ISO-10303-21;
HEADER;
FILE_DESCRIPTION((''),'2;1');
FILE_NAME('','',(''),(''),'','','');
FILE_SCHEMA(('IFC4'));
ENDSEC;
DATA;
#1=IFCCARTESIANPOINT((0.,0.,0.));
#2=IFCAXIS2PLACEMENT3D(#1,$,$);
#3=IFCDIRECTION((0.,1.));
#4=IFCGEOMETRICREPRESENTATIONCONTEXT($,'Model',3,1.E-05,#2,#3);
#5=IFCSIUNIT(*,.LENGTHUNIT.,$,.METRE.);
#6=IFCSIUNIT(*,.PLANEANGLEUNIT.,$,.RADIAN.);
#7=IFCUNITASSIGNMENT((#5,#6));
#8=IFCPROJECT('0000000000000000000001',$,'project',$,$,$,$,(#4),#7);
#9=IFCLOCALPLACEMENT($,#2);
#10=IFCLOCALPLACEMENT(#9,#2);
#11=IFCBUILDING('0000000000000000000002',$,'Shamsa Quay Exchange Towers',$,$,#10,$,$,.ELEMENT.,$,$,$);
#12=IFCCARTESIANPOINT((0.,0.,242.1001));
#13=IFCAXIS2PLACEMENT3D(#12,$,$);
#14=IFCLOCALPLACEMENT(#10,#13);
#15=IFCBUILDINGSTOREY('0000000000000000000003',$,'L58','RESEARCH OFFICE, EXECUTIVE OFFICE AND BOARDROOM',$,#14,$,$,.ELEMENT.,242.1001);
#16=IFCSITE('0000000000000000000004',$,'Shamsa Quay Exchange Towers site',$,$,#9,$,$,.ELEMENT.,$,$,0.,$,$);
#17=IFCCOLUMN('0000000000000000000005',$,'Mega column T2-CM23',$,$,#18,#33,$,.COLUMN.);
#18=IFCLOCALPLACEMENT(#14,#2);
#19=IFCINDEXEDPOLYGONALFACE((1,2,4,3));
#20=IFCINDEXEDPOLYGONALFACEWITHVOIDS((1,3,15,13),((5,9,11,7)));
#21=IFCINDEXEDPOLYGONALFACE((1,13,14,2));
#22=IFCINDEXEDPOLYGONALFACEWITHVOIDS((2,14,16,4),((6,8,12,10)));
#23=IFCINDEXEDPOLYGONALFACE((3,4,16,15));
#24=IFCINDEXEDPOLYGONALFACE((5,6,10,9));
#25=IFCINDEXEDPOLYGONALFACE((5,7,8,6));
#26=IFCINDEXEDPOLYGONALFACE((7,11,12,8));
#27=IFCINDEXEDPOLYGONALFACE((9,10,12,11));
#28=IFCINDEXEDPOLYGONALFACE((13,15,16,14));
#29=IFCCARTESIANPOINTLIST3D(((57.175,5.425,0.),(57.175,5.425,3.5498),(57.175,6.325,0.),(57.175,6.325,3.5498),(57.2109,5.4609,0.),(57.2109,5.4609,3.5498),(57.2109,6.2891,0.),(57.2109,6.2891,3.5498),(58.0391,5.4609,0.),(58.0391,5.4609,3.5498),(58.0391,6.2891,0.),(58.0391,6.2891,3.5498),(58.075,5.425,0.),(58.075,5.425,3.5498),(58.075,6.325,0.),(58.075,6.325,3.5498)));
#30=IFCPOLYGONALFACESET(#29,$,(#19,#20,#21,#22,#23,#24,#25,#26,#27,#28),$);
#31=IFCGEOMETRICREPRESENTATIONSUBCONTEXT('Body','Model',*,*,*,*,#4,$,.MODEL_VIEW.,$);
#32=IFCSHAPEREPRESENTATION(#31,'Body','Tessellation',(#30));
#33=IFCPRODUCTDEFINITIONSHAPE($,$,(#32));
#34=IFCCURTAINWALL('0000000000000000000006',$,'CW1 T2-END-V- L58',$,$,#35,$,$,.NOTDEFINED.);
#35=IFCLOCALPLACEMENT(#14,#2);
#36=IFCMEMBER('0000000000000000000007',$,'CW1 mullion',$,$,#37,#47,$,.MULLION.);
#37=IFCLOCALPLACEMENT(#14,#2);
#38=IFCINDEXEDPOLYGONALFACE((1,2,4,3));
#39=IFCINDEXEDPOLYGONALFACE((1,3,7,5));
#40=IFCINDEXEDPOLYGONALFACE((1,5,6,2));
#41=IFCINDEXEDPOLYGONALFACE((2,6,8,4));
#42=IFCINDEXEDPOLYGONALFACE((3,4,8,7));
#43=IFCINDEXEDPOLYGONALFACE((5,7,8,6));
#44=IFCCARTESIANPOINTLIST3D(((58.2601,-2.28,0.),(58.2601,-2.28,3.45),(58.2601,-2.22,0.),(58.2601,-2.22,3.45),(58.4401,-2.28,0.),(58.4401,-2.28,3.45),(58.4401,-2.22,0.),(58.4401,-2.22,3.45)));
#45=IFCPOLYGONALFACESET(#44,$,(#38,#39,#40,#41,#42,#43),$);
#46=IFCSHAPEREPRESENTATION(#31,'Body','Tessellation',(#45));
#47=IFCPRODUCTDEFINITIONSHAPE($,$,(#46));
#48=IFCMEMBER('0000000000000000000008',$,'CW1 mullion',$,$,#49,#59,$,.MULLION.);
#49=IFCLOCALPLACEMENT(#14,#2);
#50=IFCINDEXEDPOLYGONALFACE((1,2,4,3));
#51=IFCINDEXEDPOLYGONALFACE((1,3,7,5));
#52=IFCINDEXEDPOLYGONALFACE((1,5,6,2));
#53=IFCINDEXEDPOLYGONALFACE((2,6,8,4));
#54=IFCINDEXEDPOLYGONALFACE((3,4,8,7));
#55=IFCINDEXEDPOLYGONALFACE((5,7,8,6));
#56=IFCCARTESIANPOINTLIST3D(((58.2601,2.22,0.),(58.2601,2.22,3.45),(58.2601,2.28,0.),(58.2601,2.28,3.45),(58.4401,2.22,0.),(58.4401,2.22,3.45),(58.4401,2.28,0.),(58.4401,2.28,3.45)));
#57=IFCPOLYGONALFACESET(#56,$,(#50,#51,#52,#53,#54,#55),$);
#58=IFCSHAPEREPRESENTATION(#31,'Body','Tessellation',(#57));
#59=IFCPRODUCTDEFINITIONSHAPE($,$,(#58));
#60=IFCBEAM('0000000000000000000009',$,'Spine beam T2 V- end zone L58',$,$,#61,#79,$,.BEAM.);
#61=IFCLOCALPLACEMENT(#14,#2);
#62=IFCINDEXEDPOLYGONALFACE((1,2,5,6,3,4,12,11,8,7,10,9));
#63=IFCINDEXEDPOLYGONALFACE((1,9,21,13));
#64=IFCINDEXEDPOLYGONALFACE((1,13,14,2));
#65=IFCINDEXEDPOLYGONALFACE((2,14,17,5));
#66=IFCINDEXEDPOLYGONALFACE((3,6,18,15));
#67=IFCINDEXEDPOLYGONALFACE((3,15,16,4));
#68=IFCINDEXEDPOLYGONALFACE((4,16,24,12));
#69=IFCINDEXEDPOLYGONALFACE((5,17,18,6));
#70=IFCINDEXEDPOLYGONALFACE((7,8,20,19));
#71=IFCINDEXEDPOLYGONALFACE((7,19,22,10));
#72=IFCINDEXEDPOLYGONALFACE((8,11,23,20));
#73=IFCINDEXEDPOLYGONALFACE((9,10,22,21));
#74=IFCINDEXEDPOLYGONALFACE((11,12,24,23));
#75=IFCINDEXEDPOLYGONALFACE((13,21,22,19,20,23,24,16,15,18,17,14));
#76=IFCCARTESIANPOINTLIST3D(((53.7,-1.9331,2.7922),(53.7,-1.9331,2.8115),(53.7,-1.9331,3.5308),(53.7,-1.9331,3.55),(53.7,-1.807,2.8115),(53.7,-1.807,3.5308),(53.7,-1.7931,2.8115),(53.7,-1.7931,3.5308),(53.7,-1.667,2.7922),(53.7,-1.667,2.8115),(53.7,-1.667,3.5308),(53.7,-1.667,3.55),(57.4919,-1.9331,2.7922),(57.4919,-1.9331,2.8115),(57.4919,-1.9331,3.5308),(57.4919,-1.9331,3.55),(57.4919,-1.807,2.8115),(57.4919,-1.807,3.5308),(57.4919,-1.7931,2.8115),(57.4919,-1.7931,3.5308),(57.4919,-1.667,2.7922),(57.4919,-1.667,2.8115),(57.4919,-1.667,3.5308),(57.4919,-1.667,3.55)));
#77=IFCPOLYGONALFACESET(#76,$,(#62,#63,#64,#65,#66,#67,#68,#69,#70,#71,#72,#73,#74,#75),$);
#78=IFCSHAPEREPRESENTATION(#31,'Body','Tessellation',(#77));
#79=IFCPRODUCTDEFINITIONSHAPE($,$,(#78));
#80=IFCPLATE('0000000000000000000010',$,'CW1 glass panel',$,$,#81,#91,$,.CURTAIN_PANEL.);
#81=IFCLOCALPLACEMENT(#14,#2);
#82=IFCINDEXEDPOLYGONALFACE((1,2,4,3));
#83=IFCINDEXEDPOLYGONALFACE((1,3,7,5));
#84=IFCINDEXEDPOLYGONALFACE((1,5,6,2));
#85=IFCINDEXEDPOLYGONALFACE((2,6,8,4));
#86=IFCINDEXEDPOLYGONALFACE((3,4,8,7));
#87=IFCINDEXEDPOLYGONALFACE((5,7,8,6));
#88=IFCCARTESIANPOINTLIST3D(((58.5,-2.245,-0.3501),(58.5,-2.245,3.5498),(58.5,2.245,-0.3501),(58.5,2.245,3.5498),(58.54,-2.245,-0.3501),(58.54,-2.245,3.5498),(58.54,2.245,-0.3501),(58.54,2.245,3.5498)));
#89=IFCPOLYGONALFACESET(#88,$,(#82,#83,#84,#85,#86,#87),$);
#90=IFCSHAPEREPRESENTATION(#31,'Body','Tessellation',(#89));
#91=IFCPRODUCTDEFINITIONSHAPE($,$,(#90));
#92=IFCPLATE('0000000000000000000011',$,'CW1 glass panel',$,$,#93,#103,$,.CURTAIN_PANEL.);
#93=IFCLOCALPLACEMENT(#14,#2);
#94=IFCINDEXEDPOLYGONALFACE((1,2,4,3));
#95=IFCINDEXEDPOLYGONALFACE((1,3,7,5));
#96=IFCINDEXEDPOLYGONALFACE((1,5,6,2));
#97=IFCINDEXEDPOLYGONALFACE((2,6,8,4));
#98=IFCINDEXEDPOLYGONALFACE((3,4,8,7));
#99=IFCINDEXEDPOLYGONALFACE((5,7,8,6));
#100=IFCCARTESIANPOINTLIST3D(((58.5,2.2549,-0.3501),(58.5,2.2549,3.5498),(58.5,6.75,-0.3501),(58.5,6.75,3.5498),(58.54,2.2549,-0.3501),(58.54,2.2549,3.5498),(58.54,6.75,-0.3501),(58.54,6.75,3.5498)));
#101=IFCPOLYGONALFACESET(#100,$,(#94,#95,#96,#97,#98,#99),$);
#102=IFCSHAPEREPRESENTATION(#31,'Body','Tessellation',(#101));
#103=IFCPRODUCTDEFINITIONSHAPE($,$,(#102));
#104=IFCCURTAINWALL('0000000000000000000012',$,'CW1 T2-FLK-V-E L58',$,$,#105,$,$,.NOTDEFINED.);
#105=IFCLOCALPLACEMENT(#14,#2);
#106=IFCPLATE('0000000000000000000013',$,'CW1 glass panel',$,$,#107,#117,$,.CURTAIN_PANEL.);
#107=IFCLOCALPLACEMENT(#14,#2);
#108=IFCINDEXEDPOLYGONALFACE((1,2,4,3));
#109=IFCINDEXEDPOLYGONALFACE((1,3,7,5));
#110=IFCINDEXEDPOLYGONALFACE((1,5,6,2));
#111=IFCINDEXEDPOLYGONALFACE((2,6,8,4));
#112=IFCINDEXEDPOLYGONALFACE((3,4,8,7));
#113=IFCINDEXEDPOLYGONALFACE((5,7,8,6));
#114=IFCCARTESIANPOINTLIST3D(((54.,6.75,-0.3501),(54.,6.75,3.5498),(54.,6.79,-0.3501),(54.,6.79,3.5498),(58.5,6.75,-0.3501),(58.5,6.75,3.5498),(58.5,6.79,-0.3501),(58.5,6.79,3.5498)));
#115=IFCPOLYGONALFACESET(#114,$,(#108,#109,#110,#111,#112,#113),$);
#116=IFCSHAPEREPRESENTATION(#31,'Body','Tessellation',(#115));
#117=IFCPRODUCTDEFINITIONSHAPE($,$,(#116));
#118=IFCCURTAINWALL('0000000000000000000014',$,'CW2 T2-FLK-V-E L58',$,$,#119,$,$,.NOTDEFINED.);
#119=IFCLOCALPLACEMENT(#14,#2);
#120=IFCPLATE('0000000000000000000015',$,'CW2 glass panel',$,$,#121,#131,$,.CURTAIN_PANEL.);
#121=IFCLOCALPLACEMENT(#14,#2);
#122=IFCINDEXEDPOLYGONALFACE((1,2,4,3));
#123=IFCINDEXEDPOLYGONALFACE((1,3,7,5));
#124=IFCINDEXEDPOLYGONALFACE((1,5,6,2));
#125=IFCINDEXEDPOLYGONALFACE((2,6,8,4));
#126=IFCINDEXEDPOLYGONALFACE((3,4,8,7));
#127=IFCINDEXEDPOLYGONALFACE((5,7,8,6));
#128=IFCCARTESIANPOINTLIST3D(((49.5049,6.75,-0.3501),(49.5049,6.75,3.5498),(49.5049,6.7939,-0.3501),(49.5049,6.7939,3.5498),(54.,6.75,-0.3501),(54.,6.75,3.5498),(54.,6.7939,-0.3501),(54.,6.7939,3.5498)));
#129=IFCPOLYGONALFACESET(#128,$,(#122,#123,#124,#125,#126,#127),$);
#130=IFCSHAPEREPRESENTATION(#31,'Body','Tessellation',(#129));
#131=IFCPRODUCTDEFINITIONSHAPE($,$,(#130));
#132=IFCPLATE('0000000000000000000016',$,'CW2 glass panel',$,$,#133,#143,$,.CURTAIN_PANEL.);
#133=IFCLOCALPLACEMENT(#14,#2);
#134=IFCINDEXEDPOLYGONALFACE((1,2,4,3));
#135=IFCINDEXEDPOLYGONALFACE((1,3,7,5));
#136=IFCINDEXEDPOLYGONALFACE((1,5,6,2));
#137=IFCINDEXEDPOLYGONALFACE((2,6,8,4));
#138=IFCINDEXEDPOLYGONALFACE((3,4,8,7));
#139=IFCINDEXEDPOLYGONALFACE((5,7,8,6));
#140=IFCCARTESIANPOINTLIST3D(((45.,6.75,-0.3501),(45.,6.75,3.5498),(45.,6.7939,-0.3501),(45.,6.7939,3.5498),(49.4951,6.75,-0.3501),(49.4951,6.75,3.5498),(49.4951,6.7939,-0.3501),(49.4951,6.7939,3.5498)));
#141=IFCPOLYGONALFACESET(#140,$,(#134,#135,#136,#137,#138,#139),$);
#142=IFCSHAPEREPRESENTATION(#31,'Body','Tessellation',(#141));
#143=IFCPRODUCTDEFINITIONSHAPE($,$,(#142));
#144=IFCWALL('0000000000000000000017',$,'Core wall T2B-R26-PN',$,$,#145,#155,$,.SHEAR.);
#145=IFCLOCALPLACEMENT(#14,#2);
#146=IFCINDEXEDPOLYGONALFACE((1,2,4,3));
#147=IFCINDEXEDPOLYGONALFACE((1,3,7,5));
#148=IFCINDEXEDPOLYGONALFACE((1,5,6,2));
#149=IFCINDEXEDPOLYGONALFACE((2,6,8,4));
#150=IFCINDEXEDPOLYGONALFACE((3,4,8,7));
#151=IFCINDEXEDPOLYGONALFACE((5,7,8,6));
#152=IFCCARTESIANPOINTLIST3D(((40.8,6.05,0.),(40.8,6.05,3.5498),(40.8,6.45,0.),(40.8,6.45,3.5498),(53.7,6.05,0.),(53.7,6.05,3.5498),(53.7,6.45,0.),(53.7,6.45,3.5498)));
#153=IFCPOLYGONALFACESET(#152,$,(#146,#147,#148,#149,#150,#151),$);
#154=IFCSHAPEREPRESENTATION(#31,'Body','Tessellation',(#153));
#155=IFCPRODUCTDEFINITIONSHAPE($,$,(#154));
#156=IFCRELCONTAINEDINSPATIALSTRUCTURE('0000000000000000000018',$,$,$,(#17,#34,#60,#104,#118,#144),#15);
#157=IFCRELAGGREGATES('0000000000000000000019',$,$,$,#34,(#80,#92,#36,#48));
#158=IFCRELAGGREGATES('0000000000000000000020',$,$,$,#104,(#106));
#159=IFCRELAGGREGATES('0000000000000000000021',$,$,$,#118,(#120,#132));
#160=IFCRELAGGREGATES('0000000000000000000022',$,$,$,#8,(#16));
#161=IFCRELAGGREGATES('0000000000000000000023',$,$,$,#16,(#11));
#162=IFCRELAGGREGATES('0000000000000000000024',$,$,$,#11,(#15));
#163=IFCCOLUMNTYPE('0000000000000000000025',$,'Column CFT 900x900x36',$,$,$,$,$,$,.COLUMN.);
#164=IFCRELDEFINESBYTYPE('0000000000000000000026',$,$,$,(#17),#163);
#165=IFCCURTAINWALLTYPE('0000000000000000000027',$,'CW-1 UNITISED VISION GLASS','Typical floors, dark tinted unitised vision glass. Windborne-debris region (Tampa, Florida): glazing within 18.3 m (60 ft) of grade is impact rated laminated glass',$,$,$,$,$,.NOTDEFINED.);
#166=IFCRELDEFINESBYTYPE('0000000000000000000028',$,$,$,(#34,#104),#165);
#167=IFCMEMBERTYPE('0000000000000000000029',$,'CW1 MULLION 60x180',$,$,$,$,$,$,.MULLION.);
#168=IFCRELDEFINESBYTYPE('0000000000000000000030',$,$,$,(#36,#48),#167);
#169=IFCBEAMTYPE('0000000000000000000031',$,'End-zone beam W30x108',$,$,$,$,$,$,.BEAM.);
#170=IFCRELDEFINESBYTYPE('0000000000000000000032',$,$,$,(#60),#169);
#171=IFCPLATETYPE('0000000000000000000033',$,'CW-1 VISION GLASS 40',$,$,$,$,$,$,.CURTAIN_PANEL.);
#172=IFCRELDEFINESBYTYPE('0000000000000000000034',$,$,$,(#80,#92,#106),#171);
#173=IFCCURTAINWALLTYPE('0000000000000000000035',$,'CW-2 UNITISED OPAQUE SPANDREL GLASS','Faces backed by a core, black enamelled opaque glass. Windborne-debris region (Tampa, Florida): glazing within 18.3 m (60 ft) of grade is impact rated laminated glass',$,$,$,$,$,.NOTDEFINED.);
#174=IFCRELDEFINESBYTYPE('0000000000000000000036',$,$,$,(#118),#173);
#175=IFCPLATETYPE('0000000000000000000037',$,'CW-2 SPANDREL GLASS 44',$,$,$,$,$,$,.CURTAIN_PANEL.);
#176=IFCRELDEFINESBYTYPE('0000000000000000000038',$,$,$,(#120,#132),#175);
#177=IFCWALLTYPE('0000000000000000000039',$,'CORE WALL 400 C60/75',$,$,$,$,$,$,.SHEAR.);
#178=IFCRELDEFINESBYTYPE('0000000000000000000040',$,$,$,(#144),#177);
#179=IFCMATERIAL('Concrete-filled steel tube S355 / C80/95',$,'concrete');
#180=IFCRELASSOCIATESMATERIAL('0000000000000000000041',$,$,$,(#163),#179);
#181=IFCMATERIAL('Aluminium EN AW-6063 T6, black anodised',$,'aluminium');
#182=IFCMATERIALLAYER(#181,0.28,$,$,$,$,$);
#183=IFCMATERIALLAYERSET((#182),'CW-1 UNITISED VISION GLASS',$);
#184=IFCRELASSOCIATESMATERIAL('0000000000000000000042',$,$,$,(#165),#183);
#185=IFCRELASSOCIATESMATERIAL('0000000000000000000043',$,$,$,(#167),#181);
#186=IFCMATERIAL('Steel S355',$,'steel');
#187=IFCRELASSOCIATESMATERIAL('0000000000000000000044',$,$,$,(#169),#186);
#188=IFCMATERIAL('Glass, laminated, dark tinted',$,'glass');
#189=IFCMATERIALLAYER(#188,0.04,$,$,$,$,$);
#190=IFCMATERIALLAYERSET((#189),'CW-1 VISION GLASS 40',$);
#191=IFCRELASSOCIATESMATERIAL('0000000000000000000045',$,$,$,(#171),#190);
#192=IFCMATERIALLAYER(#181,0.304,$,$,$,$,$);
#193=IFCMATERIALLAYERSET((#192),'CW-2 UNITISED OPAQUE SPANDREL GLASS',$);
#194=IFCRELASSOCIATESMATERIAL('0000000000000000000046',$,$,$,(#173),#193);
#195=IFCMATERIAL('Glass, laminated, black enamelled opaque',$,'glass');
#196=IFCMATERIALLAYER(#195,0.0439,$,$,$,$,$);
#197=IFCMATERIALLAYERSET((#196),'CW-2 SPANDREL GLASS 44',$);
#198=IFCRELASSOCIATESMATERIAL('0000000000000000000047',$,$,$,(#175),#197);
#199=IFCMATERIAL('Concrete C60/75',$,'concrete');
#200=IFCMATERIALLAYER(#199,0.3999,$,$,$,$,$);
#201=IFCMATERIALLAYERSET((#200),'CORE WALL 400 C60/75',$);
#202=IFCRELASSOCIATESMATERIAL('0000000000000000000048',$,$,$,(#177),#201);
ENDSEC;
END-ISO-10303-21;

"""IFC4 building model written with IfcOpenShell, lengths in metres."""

from ifc_helpers import new_model, si_unit, direction, frame, frame_2d, origin, origin_2d, place, context, subcontext, project, spatial, rectangle, hollow_rectangle, i_section, extrude, material, layer, layer_set, material_profile, profile_set, type_object, element, aggregate, save


model = new_model("IFC4")

# Units and contexts
model_context = context("Model", 3, precision=1e-05, world=origin(), true_north=direction((0.0, 1.0)))
body_context = subcontext(model_context, "Body", "Model", "MODEL_VIEW")
ifc_project = project(units=[si_unit("LENGTHUNIT", "METRE"), si_unit("PLANEANGLEUNIT", "RADIAN")], contexts=[model_context])

# Site, building, storey
site_placement = place(None, origin())
site = spatial("IfcSite", under=ifc_project, at=site_placement, Name="Shamsa Quay Exchange Towers site", CompositionType="ELEMENT", RefElevation=0.0)
building_placement = place(site_placement, origin())
building = spatial("IfcBuilding", under=site, at=building_placement, Name="Shamsa Quay Exchange Towers", CompositionType="ELEMENT")
storey_placement = place(building_placement, frame((0.0, 0.0, 242.1001)))
storey = spatial("IfcBuildingStorey", under=building, at=storey_placement, Name="L58", Description="RESEARCH OFFICE, EXECUTIVE OFFICE AND BOARDROOM", CompositionType="ELEMENT", Elevation=242.1001)

# Column
ifc_material_1 = material(Name="Concrete-filled steel tube S355 / C80/95", Category="concrete")
ifc_material_profile_1 = material_profile(ifc_material_1, hollow_rectangle(XDim=0.8999, YDim=0.8999, WallThickness=0.0359, at=origin_2d()), Name="CFT 900x900x36")
ifc_profile_set_1 = profile_set([ifc_material_profile_1], Name="Concrete-filled steel tube S355 / C80/95")
column_type = type_object("IfcColumnType", Name="Column CFT 900x900x36", PredefinedType="COLUMN", material=ifc_profile_set_1)
column_placement = place(storey_placement, frame((57.625, 5.875, 0.0)))
element("IfcColumn", 1, at=column_placement, inside=storey, type_object=column_type, Name="Mega column T2-CM23", PredefinedType="COLUMN", context=body_context, shape_type="SweptSolid", body=[
    extrude(hollow_rectangle(XDim=0.8999, YDim=0.8999, WallThickness=0.0359, at=origin_2d()), origin(), (0.0, 0.0, 1.0), 3.5498),
])

# Curtain wall, members
ifc_material_2 = material(Name="Aluminium EN AW-6063 T6, black anodised", Category="aluminium")
ifc_layer_1 = layer(ifc_material_2, 0.28)
ifc_layer_set_1 = layer_set([ifc_layer_1], Name="CW-1 UNITISED VISION GLASS")
curtain_wall_type_1 = type_object("IfcCurtainWallType", Name="CW-1 UNITISED VISION GLASS", Description="Typical floors, dark tinted unitised vision glass. Windborne-debris region (Tampa, Florida): glazing within 18.3 m (60 ft) of grade is impact rated laminated glass", PredefinedType="NOTDEFINED", material=ifc_layer_set_1)
curtain_wall_1_placement = place(storey_placement, origin())
curtain_wall_1 = element("IfcCurtainWall", 2, at=curtain_wall_1_placement, inside=storey, type_object=curtain_wall_type_1, Name="CW1 T2-END-V- L58", PredefinedType="NOTDEFINED")
ifc_material_profile_2 = material_profile(ifc_material_2, rectangle(XDim=0.1799, YDim=0.0601, at=origin_2d()), Name="MU60x180")
ifc_profile_set_2 = profile_set([ifc_material_profile_2], Name="Aluminium EN AW-6063 T6, black anodised")
member_type = type_object("IfcMemberType", Name="CW1 MULLION 60x180", PredefinedType="MULLION", material=ifc_profile_set_2)
member_1_placement = place(storey_placement, frame((58.3501, -2.25, 0.0), z_axis=(0.0, 0.0, 1.0), x_axis=(-1.0, 0.0, 0.0)))
member_1 = element("IfcMember", 3, at=member_1_placement, type_object=member_type, Name="CW1 mullion", PredefinedType="MULLION", context=body_context, shape_type="SweptSolid", body=[
    extrude(rectangle(XDim=0.1799, YDim=0.0601, at=origin_2d()), origin(), (0.0, 0.0, 1.0), 3.45),
])
member_2_placement = place(storey_placement, frame((58.3501, 2.25, 0.0), z_axis=(0.0, 0.0, 1.0), x_axis=(-1.0, 0.0, 0.0)))
member_2 = element("IfcMember", 4, at=member_2_placement, type_object=member_type, Name="CW1 mullion", PredefinedType="MULLION", context=body_context, shape_type="SweptSolid", body=[
    extrude(rectangle(XDim=0.1799, YDim=0.0601, at=origin_2d()), origin(), (0.0, 0.0, 1.0), 3.45),
])

# Beam
ifc_material_3 = material(Name="Steel S355", Category="steel")
ifc_material_profile_3 = material_profile(ifc_material_3, i_section(OverallWidth=0.2661, OverallDepth=0.7578, WebThickness=0.0139, FlangeThickness=0.0193, at=origin_2d()), Name="W30x108")
ifc_profile_set_3 = profile_set([ifc_material_profile_3], Name="Steel S355")
beam_type = type_object("IfcBeamType", Name="End-zone beam W30x108", PredefinedType="BEAM", material=ifc_profile_set_3)
beam_placement = place(storey_placement, frame((53.7, -1.8, 3.1711), z_axis=(1.0, 0.0, 0.0), x_axis=(0.0, 1.0, 0.0)))
element("IfcBeam", 5, at=beam_placement, inside=storey, type_object=beam_type, Name="Spine beam T2 V- end zone L58", PredefinedType="BEAM", context=body_context, shape_type="SweptSolid", body=[
    extrude(i_section(OverallWidth=0.2661, OverallDepth=0.7578, WebThickness=0.0139, FlangeThickness=0.0193, at=origin_2d()), origin(), (0.0, 0.0, 1.0), 3.792),
])

# Plates
ifc_material_4 = material(Name="Glass, laminated, dark tinted", Category="glass")
ifc_layer_2 = layer(ifc_material_4, 0.04)
ifc_layer_set_2 = layer_set([ifc_layer_2], Name="CW-1 VISION GLASS 40")
plate_type_1 = type_object("IfcPlateType", Name="CW-1 VISION GLASS 40", PredefinedType="CURTAIN_PANEL", material=ifc_layer_set_2)
plate_1_placement = place(storey_placement, frame((58.52, 0.0, -0.3501), z_axis=(0.0, 0.0, 1.0), x_axis=(0.0, 1.0, 0.0)))
plate_1 = element("IfcPlate", 6, at=plate_1_placement, type_object=plate_type_1, Name="CW1 glass panel", PredefinedType="CURTAIN_PANEL", context=body_context, shape_type="SweptSolid", body=[
    extrude(rectangle(XDim=4.49, YDim=0.04, at=origin_2d()), origin(), (0.0, 0.0, 1.0), 3.8999),
])
plate_2_placement = place(storey_placement, frame((58.52, 4.5024, -0.3501), z_axis=(0.0, 0.0, 1.0), x_axis=(0.0, 1.0, 0.0)))
plate_2 = element("IfcPlate", 7, at=plate_2_placement, type_object=plate_type_1, Name="CW1 glass panel", PredefinedType="CURTAIN_PANEL", context=body_context, shape_type="SweptSolid", body=[
    extrude(rectangle(XDim=4.4951, YDim=0.04, at=origin_2d()), origin(), (0.0, 0.0, 1.0), 3.8999),
])
aggregate(curtain_wall_1, [plate_1, plate_2, member_1, member_2])

# Curtain wall, plate
curtain_wall_2_placement = place(storey_placement, origin())
curtain_wall_2 = element("IfcCurtainWall", 8, at=curtain_wall_2_placement, inside=storey, type_object=curtain_wall_type_1, Name="CW1 T2-FLK-V-E L58", PredefinedType="NOTDEFINED")
plate_3_placement = place(storey_placement, frame((56.25, 6.77, -0.3501), z_axis=(0.0, 0.0, 1.0), x_axis=(-1.0, 0.0, 0.0)))
plate_3 = element("IfcPlate", 9, at=plate_3_placement, type_object=plate_type_1, Name="CW1 glass panel", PredefinedType="CURTAIN_PANEL", context=body_context, shape_type="SweptSolid", body=[
    extrude(rectangle(XDim=4.5, YDim=0.04, at=origin_2d()), origin(), (0.0, 0.0, 1.0), 3.8999),
])
aggregate(curtain_wall_2, [plate_3])

# Curtain wall, plates
ifc_layer_3 = layer(ifc_material_2, 0.304)
ifc_layer_set_3 = layer_set([ifc_layer_3], Name="CW-2 UNITISED OPAQUE SPANDREL GLASS")
curtain_wall_type_2 = type_object("IfcCurtainWallType", Name="CW-2 UNITISED OPAQUE SPANDREL GLASS", Description="Faces backed by a core, black enamelled opaque glass. Windborne-debris region (Tampa, Florida): glazing within 18.3 m (60 ft) of grade is impact rated laminated glass", PredefinedType="NOTDEFINED", material=ifc_layer_set_3)
curtain_wall_3_placement = place(storey_placement, origin())
curtain_wall_3 = element("IfcCurtainWall", 10, at=curtain_wall_3_placement, inside=storey, type_object=curtain_wall_type_2, Name="CW2 T2-FLK-V-E L58", PredefinedType="NOTDEFINED")
ifc_material_5 = material(Name="Glass, laminated, black enamelled opaque", Category="glass")
ifc_layer_4 = layer(ifc_material_5, 0.0439)
ifc_layer_set_4 = layer_set([ifc_layer_4], Name="CW-2 SPANDREL GLASS 44")
plate_type_2 = type_object("IfcPlateType", Name="CW-2 SPANDREL GLASS 44", PredefinedType="CURTAIN_PANEL", material=ifc_layer_set_4)
plate_4_placement = place(storey_placement, frame((51.7524, 6.772, -0.3501), z_axis=(0.0, 0.0, 1.0), x_axis=(-1.0, 0.0, 0.0)))
plate_4 = element("IfcPlate", 11, at=plate_4_placement, type_object=plate_type_2, Name="CW2 glass panel", PredefinedType="CURTAIN_PANEL", context=body_context, shape_type="SweptSolid", body=[
    extrude(rectangle(XDim=4.4951, YDim=0.0439, at=origin_2d()), origin(), (0.0, 0.0, 1.0), 3.8999),
])
plate_5_placement = place(storey_placement, frame((47.2476, 6.772, -0.3501), z_axis=(0.0, 0.0, 1.0), x_axis=(-1.0, 0.0, 0.0)))
plate_5 = element("IfcPlate", 12, at=plate_5_placement, type_object=plate_type_2, Name="CW2 glass panel", PredefinedType="CURTAIN_PANEL", context=body_context, shape_type="SweptSolid", body=[
    extrude(rectangle(XDim=4.4951, YDim=0.0439, at=origin_2d()), origin(), (0.0, 0.0, 1.0), 3.8999),
])
aggregate(curtain_wall_3, [plate_4, plate_5])

# Wall
ifc_material_6 = material(Name="Concrete C60/75", Category="concrete")
ifc_layer_5 = layer(ifc_material_6, 0.3999)
ifc_layer_set_5 = layer_set([ifc_layer_5], Name="CORE WALL 400 C60/75")
wall_type_1 = type_object("IfcWallType", Name="CORE WALL 400 C60/75", PredefinedType="SHEAR", material=ifc_layer_set_5)
wall_1_placement = place(storey_placement, frame((53.7, 6.25, 0.0), z_axis=(0.0, 0.0, 1.0), x_axis=(-1.0, 0.0, 0.0)))
element("IfcWall", 13, at=wall_1_placement, inside=storey, type_object=wall_type_1, Name="Core wall T2B-R26-PN", PredefinedType="SHEAR", context=body_context, shape_type="SweptSolid", body=[
    extrude(rectangle(XDim=12.8999, YDim=0.3999, at=frame_2d((6.45, 0.0))), origin(), (0.0, 0.0, 1.0), 3.5498),
])

save(model, "model.ifc")
